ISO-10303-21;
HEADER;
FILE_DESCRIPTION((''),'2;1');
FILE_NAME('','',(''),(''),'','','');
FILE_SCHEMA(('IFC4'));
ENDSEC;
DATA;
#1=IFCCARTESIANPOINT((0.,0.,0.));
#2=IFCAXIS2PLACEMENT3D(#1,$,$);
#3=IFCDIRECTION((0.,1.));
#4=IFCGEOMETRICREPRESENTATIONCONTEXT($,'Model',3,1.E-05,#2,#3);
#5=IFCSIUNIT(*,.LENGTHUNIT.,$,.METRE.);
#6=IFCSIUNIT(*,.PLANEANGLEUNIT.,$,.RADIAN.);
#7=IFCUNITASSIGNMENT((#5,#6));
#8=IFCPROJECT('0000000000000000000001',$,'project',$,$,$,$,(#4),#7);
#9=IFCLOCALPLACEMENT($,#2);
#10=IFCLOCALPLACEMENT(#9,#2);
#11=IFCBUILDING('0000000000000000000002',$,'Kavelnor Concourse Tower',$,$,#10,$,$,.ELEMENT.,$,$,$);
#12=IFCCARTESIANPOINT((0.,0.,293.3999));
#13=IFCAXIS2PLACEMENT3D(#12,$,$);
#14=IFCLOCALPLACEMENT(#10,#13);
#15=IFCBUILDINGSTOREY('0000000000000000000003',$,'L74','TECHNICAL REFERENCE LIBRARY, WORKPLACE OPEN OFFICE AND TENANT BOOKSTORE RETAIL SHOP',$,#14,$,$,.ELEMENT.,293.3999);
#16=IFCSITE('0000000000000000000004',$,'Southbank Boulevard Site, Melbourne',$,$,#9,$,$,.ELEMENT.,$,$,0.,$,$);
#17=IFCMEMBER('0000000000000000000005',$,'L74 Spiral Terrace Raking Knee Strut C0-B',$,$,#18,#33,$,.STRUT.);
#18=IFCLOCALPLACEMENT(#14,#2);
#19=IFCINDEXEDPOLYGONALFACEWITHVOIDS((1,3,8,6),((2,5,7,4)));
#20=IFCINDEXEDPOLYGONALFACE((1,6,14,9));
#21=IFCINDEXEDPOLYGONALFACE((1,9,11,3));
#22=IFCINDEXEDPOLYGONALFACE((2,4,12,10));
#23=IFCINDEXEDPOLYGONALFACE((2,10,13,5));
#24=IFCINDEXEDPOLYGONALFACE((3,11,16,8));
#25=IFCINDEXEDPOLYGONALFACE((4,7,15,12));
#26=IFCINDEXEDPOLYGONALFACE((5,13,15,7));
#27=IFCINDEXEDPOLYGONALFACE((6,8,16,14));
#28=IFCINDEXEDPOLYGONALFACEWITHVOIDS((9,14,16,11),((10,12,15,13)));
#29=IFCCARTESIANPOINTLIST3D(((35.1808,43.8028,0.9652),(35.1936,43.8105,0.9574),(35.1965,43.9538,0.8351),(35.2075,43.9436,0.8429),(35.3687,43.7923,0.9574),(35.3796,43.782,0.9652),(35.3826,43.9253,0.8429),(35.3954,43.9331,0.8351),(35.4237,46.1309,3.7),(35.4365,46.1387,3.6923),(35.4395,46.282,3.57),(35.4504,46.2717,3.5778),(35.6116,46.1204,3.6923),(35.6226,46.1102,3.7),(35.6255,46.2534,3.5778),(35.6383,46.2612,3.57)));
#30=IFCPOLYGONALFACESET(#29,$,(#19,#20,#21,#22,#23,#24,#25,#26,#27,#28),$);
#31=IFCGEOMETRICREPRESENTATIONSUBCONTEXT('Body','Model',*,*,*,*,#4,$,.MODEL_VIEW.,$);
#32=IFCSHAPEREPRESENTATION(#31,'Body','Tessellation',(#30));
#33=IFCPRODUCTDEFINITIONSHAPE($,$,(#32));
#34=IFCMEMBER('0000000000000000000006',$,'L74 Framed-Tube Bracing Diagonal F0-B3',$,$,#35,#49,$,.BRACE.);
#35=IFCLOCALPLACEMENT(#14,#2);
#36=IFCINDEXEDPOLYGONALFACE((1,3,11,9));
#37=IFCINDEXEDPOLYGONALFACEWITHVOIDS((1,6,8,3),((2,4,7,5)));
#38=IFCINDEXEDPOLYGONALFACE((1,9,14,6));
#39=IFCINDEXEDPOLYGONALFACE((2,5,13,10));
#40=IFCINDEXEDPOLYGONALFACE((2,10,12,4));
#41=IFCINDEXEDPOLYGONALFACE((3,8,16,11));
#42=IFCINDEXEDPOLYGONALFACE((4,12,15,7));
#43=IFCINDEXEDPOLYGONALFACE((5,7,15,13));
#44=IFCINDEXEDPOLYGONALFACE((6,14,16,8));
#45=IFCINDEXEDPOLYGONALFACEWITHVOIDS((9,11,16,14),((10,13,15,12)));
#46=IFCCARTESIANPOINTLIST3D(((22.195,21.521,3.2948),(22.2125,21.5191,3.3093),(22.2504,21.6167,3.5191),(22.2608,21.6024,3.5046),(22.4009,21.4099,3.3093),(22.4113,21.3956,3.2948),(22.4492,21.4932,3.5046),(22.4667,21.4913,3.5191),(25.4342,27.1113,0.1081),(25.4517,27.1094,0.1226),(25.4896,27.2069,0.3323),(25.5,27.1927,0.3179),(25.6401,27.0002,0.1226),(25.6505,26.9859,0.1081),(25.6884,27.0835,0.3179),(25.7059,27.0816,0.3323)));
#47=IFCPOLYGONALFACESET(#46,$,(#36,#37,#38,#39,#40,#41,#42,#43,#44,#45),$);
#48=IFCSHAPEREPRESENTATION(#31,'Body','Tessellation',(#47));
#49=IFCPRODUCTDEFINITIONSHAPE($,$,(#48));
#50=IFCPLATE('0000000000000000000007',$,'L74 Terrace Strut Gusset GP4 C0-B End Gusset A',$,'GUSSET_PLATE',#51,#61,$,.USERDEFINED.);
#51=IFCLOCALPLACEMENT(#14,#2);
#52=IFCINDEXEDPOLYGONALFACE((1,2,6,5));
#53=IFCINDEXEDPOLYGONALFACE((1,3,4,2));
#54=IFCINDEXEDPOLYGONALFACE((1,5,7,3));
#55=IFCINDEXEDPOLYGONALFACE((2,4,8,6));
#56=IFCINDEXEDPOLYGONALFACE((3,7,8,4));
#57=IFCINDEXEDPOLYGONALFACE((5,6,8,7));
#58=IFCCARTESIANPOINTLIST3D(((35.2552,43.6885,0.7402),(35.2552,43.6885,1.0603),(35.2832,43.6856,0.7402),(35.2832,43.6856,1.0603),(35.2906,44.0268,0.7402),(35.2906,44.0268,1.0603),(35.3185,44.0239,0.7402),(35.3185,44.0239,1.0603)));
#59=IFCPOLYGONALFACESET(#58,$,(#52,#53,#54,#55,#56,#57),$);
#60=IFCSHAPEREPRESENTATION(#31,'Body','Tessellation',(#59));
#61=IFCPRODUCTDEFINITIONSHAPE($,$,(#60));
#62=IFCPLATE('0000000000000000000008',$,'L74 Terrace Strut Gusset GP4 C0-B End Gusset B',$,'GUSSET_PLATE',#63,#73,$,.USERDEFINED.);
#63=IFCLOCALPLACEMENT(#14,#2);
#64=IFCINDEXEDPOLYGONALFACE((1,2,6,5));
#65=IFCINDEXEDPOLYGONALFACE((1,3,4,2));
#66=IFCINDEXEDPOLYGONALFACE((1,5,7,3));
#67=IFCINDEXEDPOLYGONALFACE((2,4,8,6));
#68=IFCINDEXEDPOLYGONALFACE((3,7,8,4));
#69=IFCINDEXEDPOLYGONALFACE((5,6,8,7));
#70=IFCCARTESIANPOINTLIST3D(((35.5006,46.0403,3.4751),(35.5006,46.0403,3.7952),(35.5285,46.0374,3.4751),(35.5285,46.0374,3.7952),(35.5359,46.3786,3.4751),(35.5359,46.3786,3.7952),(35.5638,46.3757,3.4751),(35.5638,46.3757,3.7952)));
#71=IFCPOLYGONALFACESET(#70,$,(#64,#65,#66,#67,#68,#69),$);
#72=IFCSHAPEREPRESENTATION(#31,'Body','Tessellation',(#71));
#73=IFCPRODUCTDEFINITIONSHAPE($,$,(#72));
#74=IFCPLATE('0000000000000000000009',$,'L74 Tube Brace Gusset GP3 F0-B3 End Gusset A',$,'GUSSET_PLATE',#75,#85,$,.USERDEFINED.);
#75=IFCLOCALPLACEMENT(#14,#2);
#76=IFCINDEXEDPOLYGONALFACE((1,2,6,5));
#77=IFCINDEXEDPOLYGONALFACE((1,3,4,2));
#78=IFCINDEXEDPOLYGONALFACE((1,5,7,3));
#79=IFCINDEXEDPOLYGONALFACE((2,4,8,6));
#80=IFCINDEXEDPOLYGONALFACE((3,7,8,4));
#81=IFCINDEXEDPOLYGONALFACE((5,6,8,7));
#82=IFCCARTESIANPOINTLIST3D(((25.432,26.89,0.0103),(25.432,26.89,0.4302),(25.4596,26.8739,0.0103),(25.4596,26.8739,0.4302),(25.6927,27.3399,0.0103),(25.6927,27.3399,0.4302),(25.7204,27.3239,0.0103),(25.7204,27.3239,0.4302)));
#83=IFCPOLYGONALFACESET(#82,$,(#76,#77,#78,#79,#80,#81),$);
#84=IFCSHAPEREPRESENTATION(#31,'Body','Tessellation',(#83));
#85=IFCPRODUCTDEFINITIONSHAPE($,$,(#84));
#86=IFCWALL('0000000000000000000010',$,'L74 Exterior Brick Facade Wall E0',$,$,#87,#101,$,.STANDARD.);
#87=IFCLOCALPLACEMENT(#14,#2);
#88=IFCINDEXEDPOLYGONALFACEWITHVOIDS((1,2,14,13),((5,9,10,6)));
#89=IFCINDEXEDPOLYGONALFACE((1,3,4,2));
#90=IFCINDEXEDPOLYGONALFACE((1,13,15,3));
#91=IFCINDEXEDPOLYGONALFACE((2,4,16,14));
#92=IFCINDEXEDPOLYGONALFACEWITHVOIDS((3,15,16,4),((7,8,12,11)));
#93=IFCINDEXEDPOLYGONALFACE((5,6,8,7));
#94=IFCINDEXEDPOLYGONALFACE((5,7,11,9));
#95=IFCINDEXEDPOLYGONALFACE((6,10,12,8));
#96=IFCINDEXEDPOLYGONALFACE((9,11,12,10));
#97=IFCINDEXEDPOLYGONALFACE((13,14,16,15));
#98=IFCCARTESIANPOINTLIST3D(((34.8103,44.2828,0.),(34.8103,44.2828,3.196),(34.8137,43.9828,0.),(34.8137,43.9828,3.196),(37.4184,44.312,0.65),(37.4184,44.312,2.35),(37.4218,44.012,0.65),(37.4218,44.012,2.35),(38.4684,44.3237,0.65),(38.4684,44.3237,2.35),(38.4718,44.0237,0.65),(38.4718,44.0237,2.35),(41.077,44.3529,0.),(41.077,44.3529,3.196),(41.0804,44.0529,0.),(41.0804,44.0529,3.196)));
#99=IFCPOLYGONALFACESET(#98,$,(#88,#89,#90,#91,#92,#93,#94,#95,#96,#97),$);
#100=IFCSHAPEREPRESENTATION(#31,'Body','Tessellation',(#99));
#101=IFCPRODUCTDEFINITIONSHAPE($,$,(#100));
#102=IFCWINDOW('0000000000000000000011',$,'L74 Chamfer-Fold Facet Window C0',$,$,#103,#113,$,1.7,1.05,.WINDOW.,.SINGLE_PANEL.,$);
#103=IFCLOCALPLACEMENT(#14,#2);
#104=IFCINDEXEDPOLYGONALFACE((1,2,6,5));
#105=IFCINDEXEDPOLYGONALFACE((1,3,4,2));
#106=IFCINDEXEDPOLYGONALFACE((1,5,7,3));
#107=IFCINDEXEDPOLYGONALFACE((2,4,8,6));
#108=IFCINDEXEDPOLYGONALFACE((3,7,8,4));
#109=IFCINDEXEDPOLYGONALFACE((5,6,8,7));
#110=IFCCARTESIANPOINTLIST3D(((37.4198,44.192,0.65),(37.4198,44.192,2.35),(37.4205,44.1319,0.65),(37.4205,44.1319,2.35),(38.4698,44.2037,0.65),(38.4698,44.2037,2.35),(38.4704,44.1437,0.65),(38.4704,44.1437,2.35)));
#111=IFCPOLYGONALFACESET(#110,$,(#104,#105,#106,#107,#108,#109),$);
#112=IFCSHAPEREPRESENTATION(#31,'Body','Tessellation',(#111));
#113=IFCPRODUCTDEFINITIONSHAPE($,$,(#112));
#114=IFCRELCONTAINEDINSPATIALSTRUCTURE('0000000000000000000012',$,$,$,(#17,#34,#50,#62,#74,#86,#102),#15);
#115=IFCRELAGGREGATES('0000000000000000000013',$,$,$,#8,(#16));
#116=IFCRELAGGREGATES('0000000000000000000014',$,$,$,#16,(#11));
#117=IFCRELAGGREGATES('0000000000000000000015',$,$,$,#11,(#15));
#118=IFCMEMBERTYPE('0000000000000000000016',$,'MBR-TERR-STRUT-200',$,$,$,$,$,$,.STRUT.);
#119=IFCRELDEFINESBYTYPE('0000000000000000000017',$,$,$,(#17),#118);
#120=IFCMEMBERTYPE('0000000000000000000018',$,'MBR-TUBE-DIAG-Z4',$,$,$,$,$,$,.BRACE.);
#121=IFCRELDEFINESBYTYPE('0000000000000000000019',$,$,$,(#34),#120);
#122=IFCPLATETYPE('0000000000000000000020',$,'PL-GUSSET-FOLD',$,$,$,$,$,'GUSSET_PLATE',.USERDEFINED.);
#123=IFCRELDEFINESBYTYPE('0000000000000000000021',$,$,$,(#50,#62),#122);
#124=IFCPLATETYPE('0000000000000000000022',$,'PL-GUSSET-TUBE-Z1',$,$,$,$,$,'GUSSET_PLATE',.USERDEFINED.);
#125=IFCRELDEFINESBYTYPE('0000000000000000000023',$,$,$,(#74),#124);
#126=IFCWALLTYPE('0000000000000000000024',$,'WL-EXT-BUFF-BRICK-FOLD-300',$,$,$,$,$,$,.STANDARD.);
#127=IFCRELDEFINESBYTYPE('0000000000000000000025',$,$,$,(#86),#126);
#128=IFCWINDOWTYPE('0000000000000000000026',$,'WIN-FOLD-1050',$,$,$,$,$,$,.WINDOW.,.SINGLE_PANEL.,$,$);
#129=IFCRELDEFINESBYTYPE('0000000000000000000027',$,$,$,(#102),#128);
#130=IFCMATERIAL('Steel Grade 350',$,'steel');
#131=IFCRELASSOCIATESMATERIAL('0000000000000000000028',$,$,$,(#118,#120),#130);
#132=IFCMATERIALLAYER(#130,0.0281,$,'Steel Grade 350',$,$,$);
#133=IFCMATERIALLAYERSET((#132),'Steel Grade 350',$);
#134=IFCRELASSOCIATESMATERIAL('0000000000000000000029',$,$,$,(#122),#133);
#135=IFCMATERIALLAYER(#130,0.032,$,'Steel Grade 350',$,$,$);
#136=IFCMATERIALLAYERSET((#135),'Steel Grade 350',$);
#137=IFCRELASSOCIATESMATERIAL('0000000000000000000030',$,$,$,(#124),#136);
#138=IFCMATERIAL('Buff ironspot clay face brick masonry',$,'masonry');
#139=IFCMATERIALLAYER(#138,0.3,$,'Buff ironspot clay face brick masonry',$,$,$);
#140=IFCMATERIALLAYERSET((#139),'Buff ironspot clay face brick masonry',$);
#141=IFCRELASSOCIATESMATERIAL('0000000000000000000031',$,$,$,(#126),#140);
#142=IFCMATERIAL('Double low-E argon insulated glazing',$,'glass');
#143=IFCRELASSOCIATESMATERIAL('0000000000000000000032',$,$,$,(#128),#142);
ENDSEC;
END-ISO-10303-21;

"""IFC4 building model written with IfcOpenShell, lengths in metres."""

from ifc_helpers import new_model, si_unit, direction, frame, frame_2d, origin, origin_2d, place, context, subcontext, project, spatial, rectangle, hollow_rectangle, extrude, material, layer, layer_set, material_profile, profile_set, type_object, element, fill, save


model = new_model("IFC4")

# Units and contexts
model_context = context("Model", 3, precision=1e-05, world=origin(), true_north=direction((0.0, 1.0)))
body_context = subcontext(model_context, "Body", "Model", "MODEL_VIEW")
ifc_project = project(units=[si_unit("LENGTHUNIT", "METRE"), si_unit("PLANEANGLEUNIT", "RADIAN")], contexts=[model_context])

# Site, building, storey
site_placement = place(None, origin())
site = spatial("IfcSite", under=ifc_project, at=site_placement, Name="Southbank Boulevard Site, Melbourne", CompositionType="ELEMENT", RefElevation=0.0)
building_placement = place(site_placement, origin())
building = spatial("IfcBuilding", under=site, at=building_placement, Name="Kavelnor Concourse Tower", CompositionType="ELEMENT")
storey_placement = place(building_placement, frame((0.0, 0.0, 293.3999)))
storey = spatial("IfcBuildingStorey", under=building, at=storey_placement, Name="L74", Description="TECHNICAL REFERENCE LIBRARY, WORKPLACE OPEN OFFICE AND TENANT BOOKSTORE RETAIL SHOP", CompositionType="ELEMENT", Elevation=293.3999)

# Shared definitions
ifc_material_1 = material(Name="Steel Grade 350", Category="steel")

# Members
ifc_material_profile_1 = material_profile(ifc_material_1, hollow_rectangle(XDim=0.2, YDim=0.2, WallThickness=0.012, at=origin_2d()), Name="SHS 200x200x12")
ifc_profile_set_1 = profile_set([ifc_material_profile_1], Name="Steel Grade 350")
member_type_1 = type_object("IfcMemberType", Name="MBR-TERR-STRUT-200", PredefinedType="STRUT", material=ifc_profile_set_1)
member_1_placement = place(storey_placement, frame((35.2881, 43.8679, 0.9001), z_axis=(0.067481, 0.646735, 0.759724), x_axis=(-0.9946, 0.103778, 0.0)))
element("IfcMember", 1, at=member_1_placement, inside=storey, type_object=member_type_1, Name="L74 Spiral Terrace Raking Knee Strut C0-B", PredefinedType="STRUT", context=body_context, shape_type="SweptSolid", body=[
    extrude(hollow_rectangle(XDim=0.2, YDim=0.2, WallThickness=0.012, at=origin_2d()), origin(), (0.0, 0.0, 1.0), 3.5999),
])
ifc_material_profile_2 = material_profile(ifc_material_1, hollow_rectangle(XDim=0.25, YDim=0.25, WallThickness=0.0161, at=origin_2d()), Name="SHS 250x250x16")
ifc_profile_set_2 = profile_set([ifc_material_profile_2], Name="Steel Grade 350")
member_type_2 = type_object("IfcMemberType", Name="MBR-TUBE-DIAG-Z4", PredefinedType="BRACE", material=ifc_profile_set_2)
member_2_placement = place(storey_placement, frame((25.5701, 27.0964, 0.2202), z_axis=(-0.449636, -0.775985, 0.44235), x_axis=(0.865242, -0.501355, 0.0)))
element("IfcMember", 2, at=member_2_placement, inside=storey, type_object=member_type_2, Name="L74 Framed-Tube Bracing Diagonal F0-B3", PredefinedType="BRACE", context=body_context, shape_type="SweptSolid", body=[
    extrude(hollow_rectangle(XDim=0.25, YDim=0.25, WallThickness=0.0161, at=origin_2d()), origin(), (0.0, 0.0, 1.0), 7.2041),
])

# Plates
ifc_layer_1 = layer(ifc_material_1, 0.0281, Name="Steel Grade 350")
ifc_layer_set_1 = layer_set([ifc_layer_1], Name="Steel Grade 350")
plate_type_1 = type_object("IfcPlateType", Name="PL-GUSSET-FOLD", ElementType="GUSSET_PLATE", PredefinedType="USERDEFINED", material=ifc_layer_set_1)
for number, where, z_axis, x_axis, name in (
    (3, (35.2869, 43.8562, 0.7402), (0.0, 0.0, 1.0), (0.103834, 0.994595, 0.0), "L74 Terrace Strut Gusset GP4 C0-B End Gusset A"),
    (4, (35.5322, 46.208, 3.4751), (0.0, 0.0, 1.0), (0.103834, 0.994595, 0.0), "L74 Terrace Strut Gusset GP4 C0-B End Gusset B"),
):
    element("IfcPlate", number, at=place(storey_placement, frame(where, z_axis=z_axis, x_axis=x_axis)), inside=storey, type_object=plate_type_1, Name=name, ObjectType="GUSSET_PLATE", PredefinedType="USERDEFINED", context=body_context, shape_type="SweptSolid", body=[
        extrude(rectangle(XDim=0.3401, YDim=0.0281, at=origin_2d()), origin(), (0.0, 0.0, 1.0), 0.3201),
    ])
ifc_layer_2 = layer(ifc_material_1, 0.032, Name="Steel Grade 350")
ifc_layer_set_2 = layer_set([ifc_layer_2], Name="Steel Grade 350")
plate_type_2 = type_object("IfcPlateType", Name="PL-GUSSET-TUBE-Z1", ElementType="GUSSET_PLATE", PredefinedType="USERDEFINED", material=ifc_layer_set_2)
plate_placement = place(storey_placement, frame((25.5762, 27.1069, 0.0103), z_axis=(0.0, 0.0, 1.0), x_axis=(-0.50136, -0.865239, 0.0)))
element("IfcPlate", 5, at=plate_placement, inside=storey, type_object=plate_type_2, Name="L74 Tube Brace Gusset GP3 F0-B3 End Gusset A", ObjectType="GUSSET_PLATE", PredefinedType="USERDEFINED", context=body_context, shape_type="SweptSolid", body=[
    extrude(rectangle(XDim=0.52, YDim=0.032, at=origin_2d()), origin(), (0.0, 0.0, 1.0), 0.4199),
])

# Wall, opening, window
ifc_material_2 = material(Name="Buff ironspot clay face brick masonry", Category="masonry")
ifc_layer_3 = layer(ifc_material_2, 0.3, Name="Buff ironspot clay face brick masonry")
ifc_layer_set_3 = layer_set([ifc_layer_3], Name="Buff ironspot clay face brick masonry")
wall_type_1 = type_object("IfcWallType", Name="WL-EXT-BUFF-BRICK-FOLD-300", PredefinedType="STANDARD", material=ifc_layer_set_3)
wall_1_placement = place(storey_placement, frame((34.812, 44.1328, 0.0), z_axis=(0.0, 0.0, 1.0), x_axis=(0.999937, 0.011181, 0.0)))
wall_1 = element("IfcWall", 6, at=wall_1_placement, inside=storey, type_object=wall_type_1, Name="L74 Exterior Brick Facade Wall E0", PredefinedType="STANDARD", context=body_context, shape_type="SweptSolid", body=[
    extrude(rectangle(XDim=6.2671, YDim=0.3, at=frame_2d((3.1335, 0.0))), origin(), (0.0, 0.0, 1.0), 3.196),
])
opening_1_placement = place(wall_1_placement, frame((2.6084, 0.0, 0.6499)))
opening_1 = element("IfcOpeningElement", 7, at=opening_1_placement, cuts=wall_1, PredefinedType="OPENING", context=body_context, shape_type="SweptSolid", body=[
    extrude(rectangle(XDim=1.05, YDim=1.7, at=frame_2d((0.5249, 0.8501))), frame((0.0, 0.1602, 0.0), z_axis=(0.0, -1.0, 0.0), x_axis=(1.0, 0.0, 0.0)), (0.0, 0.0, 1.0), 0.3201),
])
ifc_material_3 = material(Name="Double low-E argon insulated glazing", Category="glass")
window_type = type_object("IfcWindowType", Name="WIN-FOLD-1050", PartitioningType="SINGLE_PANEL", PredefinedType="WINDOW", material=ifc_material_3)
window_placement = place(opening_1_placement, origin())
window = element("IfcWindow", 8, at=window_placement, inside=storey, type_object=window_type, Name="L74 Chamfer-Fold Facet Window C0", OverallHeight=1.7, OverallWidth=1.05, PartitioningType="SINGLE_PANEL", PredefinedType="WINDOW", context=body_context, shape_type="SweptSolid", body=[
    extrude(rectangle(XDim=1.05, YDim=1.7, at=frame_2d((0.5249, 0.8501))), frame((0.0, 0.03, 0.0), z_axis=(0.0, -1.0, 0.0), x_axis=(1.0, 0.0, 0.0)), (0.0, 0.0, 1.0), 0.0601),
])
fill(opening_1, window)

save(model, "model.ifc")
